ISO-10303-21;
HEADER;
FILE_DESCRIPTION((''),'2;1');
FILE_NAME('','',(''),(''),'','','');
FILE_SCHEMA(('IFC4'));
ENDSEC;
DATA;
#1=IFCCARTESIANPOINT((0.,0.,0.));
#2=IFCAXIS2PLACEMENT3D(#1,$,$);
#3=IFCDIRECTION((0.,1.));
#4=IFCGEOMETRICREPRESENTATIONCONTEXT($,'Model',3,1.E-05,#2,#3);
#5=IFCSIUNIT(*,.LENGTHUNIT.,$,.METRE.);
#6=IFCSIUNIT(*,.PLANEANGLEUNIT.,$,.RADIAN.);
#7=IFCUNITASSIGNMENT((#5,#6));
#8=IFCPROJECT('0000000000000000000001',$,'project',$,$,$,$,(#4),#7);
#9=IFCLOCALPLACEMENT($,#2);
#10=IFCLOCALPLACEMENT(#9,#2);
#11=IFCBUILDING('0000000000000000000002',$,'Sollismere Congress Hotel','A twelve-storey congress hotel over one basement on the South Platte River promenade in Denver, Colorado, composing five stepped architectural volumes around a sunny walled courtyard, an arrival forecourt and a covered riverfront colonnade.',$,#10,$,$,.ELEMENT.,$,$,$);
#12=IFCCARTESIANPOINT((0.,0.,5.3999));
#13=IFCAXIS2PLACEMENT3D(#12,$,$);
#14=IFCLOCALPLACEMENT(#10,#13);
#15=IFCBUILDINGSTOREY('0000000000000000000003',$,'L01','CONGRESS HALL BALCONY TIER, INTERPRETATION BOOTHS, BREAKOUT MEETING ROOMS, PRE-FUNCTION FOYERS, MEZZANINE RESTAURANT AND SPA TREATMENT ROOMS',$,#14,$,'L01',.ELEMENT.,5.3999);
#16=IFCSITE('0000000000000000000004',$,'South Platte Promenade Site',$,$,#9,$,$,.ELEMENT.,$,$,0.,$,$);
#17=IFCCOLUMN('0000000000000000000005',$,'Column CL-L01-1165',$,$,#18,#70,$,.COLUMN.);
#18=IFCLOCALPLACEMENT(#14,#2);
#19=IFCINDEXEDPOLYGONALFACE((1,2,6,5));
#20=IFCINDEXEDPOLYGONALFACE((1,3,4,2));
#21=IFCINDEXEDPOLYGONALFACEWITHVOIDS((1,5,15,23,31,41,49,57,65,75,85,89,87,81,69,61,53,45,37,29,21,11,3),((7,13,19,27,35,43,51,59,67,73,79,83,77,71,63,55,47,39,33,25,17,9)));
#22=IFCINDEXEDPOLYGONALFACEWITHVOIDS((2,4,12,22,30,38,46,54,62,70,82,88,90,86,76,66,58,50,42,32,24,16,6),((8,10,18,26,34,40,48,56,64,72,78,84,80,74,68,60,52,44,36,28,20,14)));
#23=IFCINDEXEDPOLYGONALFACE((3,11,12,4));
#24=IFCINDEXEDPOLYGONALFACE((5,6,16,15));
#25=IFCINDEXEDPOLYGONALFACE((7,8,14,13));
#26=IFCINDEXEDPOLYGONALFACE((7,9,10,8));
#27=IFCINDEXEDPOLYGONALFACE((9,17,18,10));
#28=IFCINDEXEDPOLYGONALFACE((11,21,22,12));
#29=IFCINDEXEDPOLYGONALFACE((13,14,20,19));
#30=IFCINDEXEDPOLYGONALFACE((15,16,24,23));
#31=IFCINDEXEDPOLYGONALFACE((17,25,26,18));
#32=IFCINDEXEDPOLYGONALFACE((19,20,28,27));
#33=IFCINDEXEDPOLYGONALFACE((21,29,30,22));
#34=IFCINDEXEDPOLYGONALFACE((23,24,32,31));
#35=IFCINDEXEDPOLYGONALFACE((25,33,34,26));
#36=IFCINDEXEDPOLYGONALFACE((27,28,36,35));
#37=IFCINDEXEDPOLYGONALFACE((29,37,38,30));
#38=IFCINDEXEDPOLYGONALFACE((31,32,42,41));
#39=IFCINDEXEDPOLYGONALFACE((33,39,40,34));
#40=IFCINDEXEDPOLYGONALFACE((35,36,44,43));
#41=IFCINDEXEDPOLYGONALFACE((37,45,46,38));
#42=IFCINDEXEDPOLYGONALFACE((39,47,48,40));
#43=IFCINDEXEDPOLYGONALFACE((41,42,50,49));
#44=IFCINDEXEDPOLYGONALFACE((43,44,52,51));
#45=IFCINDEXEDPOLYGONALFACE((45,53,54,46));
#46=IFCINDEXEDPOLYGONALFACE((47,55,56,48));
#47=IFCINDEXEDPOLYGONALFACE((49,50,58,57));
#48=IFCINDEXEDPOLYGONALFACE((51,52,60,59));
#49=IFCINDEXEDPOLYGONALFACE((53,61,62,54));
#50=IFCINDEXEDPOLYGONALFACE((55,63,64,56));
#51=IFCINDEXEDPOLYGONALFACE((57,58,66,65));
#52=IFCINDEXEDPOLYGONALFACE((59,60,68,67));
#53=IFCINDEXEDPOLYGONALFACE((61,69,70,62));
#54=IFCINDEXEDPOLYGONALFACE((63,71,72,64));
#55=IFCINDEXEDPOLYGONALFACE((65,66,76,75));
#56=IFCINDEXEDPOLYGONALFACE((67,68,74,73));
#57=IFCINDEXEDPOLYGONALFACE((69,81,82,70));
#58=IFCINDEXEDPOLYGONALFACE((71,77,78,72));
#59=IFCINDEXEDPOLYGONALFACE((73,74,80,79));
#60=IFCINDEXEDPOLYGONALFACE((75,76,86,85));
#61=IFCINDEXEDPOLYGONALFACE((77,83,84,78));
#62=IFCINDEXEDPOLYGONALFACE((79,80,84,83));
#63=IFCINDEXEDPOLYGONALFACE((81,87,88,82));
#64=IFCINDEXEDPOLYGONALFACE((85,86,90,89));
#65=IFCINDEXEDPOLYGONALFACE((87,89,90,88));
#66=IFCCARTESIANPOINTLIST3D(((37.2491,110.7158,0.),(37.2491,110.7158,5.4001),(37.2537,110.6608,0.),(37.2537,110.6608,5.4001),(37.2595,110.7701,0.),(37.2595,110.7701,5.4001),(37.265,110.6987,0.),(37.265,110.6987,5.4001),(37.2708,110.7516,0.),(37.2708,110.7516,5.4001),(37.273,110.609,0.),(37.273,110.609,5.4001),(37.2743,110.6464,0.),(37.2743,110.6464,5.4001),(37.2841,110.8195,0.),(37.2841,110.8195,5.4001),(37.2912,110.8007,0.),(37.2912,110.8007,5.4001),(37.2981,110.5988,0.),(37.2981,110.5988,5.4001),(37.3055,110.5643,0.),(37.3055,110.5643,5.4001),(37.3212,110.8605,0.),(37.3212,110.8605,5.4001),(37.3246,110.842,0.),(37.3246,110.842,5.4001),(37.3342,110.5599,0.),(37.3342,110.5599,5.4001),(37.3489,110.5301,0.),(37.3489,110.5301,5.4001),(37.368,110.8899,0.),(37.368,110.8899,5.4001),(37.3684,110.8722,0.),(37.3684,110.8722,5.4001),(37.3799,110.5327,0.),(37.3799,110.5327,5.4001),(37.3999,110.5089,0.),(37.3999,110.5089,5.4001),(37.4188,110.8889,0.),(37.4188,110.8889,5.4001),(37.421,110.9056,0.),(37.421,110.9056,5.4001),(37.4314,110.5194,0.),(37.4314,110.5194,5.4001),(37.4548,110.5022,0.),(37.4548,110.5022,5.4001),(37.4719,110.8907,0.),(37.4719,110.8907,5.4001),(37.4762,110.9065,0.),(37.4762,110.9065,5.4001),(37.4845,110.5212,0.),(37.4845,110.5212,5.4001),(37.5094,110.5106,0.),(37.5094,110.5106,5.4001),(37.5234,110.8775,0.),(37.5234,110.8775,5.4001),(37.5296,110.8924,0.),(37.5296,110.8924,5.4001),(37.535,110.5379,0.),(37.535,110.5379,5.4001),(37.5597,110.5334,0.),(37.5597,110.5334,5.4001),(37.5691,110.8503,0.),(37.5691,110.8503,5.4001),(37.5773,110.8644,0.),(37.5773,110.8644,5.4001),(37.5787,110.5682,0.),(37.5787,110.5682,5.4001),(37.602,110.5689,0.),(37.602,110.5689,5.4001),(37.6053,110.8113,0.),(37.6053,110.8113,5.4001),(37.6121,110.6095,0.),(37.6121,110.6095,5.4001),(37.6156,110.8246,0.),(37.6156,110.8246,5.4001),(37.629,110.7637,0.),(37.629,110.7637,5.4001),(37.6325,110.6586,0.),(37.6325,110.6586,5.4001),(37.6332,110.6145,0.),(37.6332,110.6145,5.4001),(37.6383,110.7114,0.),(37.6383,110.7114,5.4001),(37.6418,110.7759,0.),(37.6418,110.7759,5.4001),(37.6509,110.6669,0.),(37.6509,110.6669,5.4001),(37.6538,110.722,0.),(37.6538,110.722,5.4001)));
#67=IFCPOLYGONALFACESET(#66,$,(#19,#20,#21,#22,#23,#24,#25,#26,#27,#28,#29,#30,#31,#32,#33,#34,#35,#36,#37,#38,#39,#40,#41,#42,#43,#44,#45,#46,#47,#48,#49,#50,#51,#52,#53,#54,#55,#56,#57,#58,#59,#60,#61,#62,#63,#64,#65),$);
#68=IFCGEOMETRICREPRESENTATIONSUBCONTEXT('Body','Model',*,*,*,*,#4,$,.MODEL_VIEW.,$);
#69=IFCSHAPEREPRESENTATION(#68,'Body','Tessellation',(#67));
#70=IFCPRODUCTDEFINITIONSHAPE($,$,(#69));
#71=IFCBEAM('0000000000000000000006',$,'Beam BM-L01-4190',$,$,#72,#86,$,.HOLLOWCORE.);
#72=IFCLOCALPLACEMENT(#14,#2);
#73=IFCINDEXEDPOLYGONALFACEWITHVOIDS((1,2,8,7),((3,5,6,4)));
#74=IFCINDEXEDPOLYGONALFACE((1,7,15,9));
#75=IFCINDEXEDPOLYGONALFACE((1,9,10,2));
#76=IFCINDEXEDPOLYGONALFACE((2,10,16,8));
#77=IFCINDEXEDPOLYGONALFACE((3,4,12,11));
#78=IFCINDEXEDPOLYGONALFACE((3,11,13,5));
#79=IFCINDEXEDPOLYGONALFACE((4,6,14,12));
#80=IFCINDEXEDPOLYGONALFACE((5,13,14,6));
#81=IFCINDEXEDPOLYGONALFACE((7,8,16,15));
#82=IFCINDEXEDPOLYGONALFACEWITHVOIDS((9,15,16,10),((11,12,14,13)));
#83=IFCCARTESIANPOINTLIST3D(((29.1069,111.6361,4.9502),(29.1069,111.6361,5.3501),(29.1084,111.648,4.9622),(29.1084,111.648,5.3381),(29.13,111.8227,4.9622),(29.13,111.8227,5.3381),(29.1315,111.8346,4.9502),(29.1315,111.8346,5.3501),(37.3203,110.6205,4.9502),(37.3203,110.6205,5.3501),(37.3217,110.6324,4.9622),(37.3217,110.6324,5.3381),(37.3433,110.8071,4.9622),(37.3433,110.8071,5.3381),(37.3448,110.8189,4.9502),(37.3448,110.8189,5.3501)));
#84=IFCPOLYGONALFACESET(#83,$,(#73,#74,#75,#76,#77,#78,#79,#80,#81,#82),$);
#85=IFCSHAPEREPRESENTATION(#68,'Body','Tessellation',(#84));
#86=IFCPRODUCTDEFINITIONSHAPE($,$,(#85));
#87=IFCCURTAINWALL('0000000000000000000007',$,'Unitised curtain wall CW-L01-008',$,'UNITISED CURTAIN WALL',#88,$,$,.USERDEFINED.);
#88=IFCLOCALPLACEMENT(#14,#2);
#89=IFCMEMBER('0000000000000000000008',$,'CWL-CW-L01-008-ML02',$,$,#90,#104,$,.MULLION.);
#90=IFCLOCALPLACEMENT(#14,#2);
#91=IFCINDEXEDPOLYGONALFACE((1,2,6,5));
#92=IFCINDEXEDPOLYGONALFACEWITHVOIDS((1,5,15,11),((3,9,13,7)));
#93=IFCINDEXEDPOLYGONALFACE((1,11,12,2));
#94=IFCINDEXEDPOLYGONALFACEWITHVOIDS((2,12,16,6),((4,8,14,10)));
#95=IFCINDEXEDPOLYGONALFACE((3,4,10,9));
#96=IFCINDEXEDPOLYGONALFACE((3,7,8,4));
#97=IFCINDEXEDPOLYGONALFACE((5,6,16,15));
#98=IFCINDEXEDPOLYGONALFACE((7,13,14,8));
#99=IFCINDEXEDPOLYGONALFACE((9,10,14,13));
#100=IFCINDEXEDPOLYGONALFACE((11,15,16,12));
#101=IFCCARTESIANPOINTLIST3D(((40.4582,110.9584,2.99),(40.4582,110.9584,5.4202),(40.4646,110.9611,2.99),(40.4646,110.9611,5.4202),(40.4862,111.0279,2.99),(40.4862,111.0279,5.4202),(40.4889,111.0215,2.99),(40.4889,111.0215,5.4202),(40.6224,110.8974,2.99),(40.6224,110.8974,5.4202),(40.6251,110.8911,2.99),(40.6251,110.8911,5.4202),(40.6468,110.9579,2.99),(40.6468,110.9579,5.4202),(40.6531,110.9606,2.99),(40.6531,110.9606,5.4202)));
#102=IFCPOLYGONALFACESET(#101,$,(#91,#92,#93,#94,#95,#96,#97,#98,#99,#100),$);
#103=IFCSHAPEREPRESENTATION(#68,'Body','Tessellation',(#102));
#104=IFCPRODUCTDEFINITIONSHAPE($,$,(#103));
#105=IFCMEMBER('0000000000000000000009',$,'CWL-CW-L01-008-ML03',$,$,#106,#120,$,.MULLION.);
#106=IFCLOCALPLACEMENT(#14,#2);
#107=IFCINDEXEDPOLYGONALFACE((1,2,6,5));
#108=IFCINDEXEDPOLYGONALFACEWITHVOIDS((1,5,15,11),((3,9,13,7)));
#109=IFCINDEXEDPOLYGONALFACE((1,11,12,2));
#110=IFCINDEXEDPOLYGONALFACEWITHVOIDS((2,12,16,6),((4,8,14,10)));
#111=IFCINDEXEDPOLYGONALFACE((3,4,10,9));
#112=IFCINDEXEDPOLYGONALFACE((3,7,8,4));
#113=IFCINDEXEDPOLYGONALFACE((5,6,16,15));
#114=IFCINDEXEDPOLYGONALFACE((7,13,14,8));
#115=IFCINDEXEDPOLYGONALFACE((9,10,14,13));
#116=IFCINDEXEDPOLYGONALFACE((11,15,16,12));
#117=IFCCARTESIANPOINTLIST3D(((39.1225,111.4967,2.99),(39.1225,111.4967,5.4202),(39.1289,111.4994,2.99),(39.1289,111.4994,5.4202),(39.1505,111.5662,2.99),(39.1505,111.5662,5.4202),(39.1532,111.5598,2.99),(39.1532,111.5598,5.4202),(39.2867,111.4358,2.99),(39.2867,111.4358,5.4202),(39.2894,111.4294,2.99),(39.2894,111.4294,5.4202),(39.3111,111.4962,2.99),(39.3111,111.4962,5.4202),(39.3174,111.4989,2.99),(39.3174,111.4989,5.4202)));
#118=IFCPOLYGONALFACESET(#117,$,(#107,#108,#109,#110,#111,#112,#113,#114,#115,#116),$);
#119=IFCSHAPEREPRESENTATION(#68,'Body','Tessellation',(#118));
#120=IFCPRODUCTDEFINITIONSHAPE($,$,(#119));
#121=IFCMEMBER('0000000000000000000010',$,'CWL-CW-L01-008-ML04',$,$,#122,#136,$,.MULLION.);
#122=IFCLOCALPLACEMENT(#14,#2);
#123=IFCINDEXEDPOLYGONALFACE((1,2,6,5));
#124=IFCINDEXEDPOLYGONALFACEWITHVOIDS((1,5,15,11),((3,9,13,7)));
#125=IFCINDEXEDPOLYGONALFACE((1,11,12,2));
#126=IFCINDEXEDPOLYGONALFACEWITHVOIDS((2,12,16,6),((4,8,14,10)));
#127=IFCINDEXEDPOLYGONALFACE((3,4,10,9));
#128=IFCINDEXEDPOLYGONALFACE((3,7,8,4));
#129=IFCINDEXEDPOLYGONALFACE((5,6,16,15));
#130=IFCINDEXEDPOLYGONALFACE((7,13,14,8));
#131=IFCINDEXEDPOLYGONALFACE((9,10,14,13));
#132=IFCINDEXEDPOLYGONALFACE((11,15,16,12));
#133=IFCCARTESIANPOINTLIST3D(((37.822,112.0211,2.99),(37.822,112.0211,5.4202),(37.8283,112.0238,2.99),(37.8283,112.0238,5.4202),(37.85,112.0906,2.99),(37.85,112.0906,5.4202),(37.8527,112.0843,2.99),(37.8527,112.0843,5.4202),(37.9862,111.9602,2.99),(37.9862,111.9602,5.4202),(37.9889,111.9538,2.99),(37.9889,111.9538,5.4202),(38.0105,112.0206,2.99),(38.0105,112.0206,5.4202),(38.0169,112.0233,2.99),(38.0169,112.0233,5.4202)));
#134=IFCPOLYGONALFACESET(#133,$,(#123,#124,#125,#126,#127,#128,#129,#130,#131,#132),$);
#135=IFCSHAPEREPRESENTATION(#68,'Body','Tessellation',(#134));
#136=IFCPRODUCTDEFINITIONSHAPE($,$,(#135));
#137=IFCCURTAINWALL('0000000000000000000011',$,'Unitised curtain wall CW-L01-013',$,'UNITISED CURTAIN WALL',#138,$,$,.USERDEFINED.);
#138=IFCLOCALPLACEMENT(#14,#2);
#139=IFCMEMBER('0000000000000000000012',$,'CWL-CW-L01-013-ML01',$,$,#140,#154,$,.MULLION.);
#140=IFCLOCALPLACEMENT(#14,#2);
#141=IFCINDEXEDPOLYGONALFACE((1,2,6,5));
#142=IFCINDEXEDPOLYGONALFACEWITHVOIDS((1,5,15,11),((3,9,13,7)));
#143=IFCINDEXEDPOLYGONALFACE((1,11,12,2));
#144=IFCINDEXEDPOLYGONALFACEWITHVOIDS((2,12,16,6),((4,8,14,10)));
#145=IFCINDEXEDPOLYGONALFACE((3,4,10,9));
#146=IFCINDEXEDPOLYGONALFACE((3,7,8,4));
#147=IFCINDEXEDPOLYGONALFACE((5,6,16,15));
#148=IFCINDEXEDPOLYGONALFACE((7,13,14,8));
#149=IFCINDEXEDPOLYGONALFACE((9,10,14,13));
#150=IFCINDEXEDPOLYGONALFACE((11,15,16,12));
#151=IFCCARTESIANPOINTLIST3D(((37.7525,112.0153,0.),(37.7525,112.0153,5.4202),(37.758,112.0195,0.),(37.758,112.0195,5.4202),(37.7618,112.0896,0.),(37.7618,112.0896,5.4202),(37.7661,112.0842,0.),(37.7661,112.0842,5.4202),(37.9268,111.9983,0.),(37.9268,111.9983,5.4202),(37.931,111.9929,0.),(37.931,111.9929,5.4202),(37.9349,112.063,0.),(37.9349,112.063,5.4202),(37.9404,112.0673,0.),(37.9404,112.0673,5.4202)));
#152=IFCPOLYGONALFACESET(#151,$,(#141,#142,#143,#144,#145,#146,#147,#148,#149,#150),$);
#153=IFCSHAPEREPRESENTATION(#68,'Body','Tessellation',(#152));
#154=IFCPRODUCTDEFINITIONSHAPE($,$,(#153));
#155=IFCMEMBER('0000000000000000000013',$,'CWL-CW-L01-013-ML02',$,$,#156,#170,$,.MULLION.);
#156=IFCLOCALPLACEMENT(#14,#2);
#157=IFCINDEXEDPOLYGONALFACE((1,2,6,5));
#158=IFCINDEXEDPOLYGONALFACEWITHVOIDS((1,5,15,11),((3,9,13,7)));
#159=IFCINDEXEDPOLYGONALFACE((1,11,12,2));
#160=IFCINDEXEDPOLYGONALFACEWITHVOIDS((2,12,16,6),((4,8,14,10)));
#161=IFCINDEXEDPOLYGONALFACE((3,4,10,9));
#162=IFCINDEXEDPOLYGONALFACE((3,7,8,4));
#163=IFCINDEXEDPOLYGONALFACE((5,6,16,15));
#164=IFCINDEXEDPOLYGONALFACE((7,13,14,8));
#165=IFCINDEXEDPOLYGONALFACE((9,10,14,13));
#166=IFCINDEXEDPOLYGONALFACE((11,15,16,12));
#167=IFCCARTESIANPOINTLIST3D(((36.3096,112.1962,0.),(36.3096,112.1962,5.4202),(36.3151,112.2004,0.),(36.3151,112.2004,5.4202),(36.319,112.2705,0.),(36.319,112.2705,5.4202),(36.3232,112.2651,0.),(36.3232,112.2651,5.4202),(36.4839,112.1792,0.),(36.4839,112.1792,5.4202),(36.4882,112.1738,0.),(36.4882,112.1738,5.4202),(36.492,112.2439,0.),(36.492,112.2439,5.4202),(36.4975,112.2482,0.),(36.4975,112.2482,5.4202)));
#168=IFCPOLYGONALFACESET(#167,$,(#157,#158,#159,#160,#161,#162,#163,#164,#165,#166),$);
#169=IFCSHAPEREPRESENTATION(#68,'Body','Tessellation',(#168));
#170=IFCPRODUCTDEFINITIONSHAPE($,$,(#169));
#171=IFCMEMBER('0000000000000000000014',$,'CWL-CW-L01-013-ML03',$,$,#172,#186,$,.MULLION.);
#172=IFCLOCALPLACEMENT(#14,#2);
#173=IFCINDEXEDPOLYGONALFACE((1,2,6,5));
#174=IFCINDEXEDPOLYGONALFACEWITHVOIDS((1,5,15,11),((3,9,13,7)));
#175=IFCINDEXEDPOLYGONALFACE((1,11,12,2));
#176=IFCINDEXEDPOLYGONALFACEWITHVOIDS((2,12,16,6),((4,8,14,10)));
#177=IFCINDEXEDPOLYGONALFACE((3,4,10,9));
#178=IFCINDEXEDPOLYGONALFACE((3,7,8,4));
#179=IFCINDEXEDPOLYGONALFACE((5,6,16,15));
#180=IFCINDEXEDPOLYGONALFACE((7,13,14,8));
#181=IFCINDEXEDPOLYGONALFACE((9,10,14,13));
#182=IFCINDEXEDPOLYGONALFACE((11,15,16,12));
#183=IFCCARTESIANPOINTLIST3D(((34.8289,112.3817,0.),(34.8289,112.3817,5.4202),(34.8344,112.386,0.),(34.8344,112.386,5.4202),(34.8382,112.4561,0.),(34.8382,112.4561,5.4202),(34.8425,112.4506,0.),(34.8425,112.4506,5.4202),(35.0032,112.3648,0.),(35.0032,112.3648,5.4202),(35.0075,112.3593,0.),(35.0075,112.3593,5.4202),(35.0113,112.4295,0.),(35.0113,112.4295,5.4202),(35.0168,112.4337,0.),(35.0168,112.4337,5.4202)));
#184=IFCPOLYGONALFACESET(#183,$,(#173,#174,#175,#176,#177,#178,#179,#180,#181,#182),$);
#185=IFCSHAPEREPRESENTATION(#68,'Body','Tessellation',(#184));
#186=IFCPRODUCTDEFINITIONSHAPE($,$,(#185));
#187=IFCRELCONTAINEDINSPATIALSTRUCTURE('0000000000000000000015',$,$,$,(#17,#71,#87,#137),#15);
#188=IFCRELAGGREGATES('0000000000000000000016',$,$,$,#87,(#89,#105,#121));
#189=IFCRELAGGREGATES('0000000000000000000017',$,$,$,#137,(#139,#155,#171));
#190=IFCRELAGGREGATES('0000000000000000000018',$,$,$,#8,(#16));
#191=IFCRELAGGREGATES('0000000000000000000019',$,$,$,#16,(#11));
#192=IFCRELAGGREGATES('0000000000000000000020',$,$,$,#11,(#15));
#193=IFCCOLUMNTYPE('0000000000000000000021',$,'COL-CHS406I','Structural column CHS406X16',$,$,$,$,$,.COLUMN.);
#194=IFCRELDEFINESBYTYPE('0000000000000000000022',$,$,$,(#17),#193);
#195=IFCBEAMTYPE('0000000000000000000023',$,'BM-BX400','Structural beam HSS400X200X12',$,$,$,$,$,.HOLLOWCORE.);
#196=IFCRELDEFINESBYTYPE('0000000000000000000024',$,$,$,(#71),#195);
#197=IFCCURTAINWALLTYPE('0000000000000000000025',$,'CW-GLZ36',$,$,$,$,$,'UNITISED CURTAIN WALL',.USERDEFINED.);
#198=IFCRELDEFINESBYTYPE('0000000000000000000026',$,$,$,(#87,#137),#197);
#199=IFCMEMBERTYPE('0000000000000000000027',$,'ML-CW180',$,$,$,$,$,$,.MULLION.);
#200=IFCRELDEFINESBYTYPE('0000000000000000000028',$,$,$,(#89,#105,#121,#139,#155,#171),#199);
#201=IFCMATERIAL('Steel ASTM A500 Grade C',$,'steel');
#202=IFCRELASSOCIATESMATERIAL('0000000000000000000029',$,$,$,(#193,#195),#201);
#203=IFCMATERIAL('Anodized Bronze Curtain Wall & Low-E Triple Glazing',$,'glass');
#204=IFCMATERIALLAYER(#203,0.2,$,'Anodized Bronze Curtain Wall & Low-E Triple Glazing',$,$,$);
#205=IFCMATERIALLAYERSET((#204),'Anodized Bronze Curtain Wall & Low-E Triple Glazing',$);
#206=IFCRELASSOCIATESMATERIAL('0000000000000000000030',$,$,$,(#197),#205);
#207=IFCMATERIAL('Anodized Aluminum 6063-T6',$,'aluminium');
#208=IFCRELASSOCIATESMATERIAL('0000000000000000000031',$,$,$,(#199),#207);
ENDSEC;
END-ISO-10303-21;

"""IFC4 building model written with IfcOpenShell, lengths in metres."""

from ifc_helpers import new_model, si_unit, direction, frame, origin, origin_2d, place, context, subcontext, project, spatial, hollow_rectangle, hollow_circle, extrude, material, layer, layer_set, material_profile, profile_set, type_object, element, aggregate, save


model = new_model("IFC4")

# Units and contexts
model_context = context("Model", 3, precision=1e-05, world=origin(), true_north=direction((0.0, 1.0)))
body_context = subcontext(model_context, "Body", "Model", "MODEL_VIEW")
ifc_project = project(units=[si_unit("LENGTHUNIT", "METRE"), si_unit("PLANEANGLEUNIT", "RADIAN")], contexts=[model_context])

# Site, building, storey
site_placement = place(None, origin())
site = spatial("IfcSite", under=ifc_project, at=site_placement, Name="South Platte Promenade Site", CompositionType="ELEMENT", RefElevation=0.0)
building_placement = place(site_placement, origin())
building = spatial("IfcBuilding", under=site, at=building_placement, Name="Sollismere Congress Hotel", Description="A twelve-storey congress hotel over one basement on the South Platte River promenade in Denver, Colorado, composing five stepped architectural volumes around a sunny walled courtyard, an arrival forecourt and a covered riverfront colonnade.", CompositionType="ELEMENT")
storey_placement = place(building_placement, frame((0.0, 0.0, 5.3999)))
storey = spatial("IfcBuildingStorey", under=building, at=storey_placement, Name="L01", Description="CONGRESS HALL BALCONY TIER, INTERPRETATION BOOTHS, BREAKOUT MEETING ROOMS, PRE-FUNCTION FOYERS, MEZZANINE RESTAURANT AND SPA TREATMENT ROOMS", LongName="L01", CompositionType="ELEMENT", Elevation=5.3999)

# Column
ifc_material_1 = material(Name="Steel ASTM A500 Grade C", Category="steel")
ifc_material_profile_1 = material_profile(ifc_material_1, hollow_circle(Radius=0.2029, WallThickness=0.0161, at=origin_2d()), Name="CHS406X16")
ifc_profile_set_1 = profile_set([ifc_material_profile_1], Name="Steel ASTM A500 Grade C")
column_type = type_object("IfcColumnType", Name="COL-CHS406I", Description="Structural column CHS406X16", PredefinedType="COLUMN", material=ifc_profile_set_1)
column_placement = place(storey_placement, frame((37.4517, 110.7051, 0.0), z_axis=(0.0, 0.0, 1.0), x_axis=(0.384295, 0.92321, 0.0)))
element("IfcColumn", 1, at=column_placement, inside=storey, type_object=column_type, Name="Column CL-L01-1165", PredefinedType="COLUMN", context=body_context, shape_type="SweptSolid", body=[
    extrude(hollow_circle(Radius=0.2029, WallThickness=0.0161, at=origin_2d()), origin(), (0.0, 0.0, 1.0), 5.4001),
])

# Beam
ifc_material_profile_2 = material_profile(ifc_material_1, hollow_rectangle(XDim=0.2, YDim=0.3999, WallThickness=0.012, at=origin_2d()), Name="HSS400X200X12")
ifc_profile_set_2 = profile_set([ifc_material_profile_2], Name="Steel ASTM A500 Grade C")
beam_type = type_object("IfcBeamType", Name="BM-BX400", Description="Structural beam HSS400X200X12", PredefinedType="HOLLOWCORE", material=ifc_profile_set_2)
beam_placement = place(storey_placement, frame((37.3325, 110.7197, 5.1501), z_axis=(-0.992441, 0.12272, 0.0), x_axis=(-0.12272, -0.992441, 0.0)))
element("IfcBeam", 2, at=beam_placement, inside=storey, type_object=beam_type, Name="Beam BM-L01-4190", PredefinedType="HOLLOWCORE", context=body_context, shape_type="SweptSolid", body=[
    extrude(hollow_rectangle(XDim=0.2, YDim=0.3999, WallThickness=0.012, at=origin_2d()), origin(), (0.0, 0.0, 1.0), 8.2759),
])

# Curtain walls, members
ifc_material_2 = material(Name="Anodized Bronze Curtain Wall & Low-E Triple Glazing", Category="glass")
ifc_layer_1 = layer(ifc_material_2, 0.2, Name="Anodized Bronze Curtain Wall & Low-E Triple Glazing")
ifc_layer_set_1 = layer_set([ifc_layer_1], Name="Anodized Bronze Curtain Wall & Low-E Triple Glazing")
curtain_wall_type = type_object("IfcCurtainWallType", Name="CW-GLZ36", ElementType="UNITISED CURTAIN WALL", PredefinedType="USERDEFINED", material=ifc_layer_set_1)
curtain_wall_1_placement = place(storey_placement, origin())
curtain_wall_1 = element("IfcCurtainWall", 3, at=curtain_wall_1_placement, inside=storey, type_object=curtain_wall_type, Name="Unitised curtain wall CW-L01-008", ObjectType="UNITISED CURTAIN WALL", PredefinedType="USERDEFINED")
ifc_material_3 = material(Name="Anodized Aluminum 6063-T6", Category="aluminium")
ifc_material_profile_3 = material_profile(ifc_material_3, hollow_rectangle(XDim=0.075, YDim=0.1799, WallThickness=0.0049, at=origin_2d()), Name="ALU180X75X5")
ifc_profile_set_3 = profile_set([ifc_material_profile_3], Name="Anodized Aluminum 6063-T6")
member_type_1 = type_object("IfcMemberType", Name="ML-CW180", PredefinedType="MULLION", material=ifc_profile_set_3)
member_1_placement = place(storey_placement, frame((40.5557, 110.9595, 2.99), z_axis=(0.0, 0.0, 1.0), x_axis=(-0.373943, -0.927452, 0.0)))
member_1 = element("IfcMember", 4, at=member_1_placement, type_object=member_type_1, Name="CWL-CW-L01-008-ML02", PredefinedType="MULLION", context=body_context, shape_type="SweptSolid", body=[
    extrude(hollow_rectangle(XDim=0.075, YDim=0.1799, WallThickness=0.0049, at=origin_2d()), origin(), (0.0, 0.0, 1.0), 2.4302),
])
member_2_placement = place(storey_placement, frame((39.22, 111.4978, 2.99), z_axis=(0.0, 0.0, 1.0), x_axis=(-0.373943, -0.927452, 0.0)))
member_2 = element("IfcMember", 5, at=member_2_placement, type_object=member_type_1, Name="CWL-CW-L01-008-ML03", PredefinedType="MULLION", context=body_context, shape_type="SweptSolid", body=[
    extrude(hollow_rectangle(XDim=0.075, YDim=0.1799, WallThickness=0.0049, at=origin_2d()), origin(), (0.0, 0.0, 1.0), 2.4302),
])
member_3_placement = place(storey_placement, frame((37.9194, 112.0222, 2.99), z_axis=(0.0, 0.0, 1.0), x_axis=(-0.373943, -0.927452, 0.0)))
member_3 = element("IfcMember", 6, at=member_3_placement, type_object=member_type_1, Name="CWL-CW-L01-008-ML04", PredefinedType="MULLION", context=body_context, shape_type="SweptSolid", body=[
    extrude(hollow_rectangle(XDim=0.075, YDim=0.1799, WallThickness=0.0049, at=origin_2d()), origin(), (0.0, 0.0, 1.0), 2.4302),
])
curtain_wall_2_placement = place(storey_placement, origin())
curtain_wall_2 = element("IfcCurtainWall", 7, at=curtain_wall_2_placement, inside=storey, type_object=curtain_wall_type, Name="Unitised curtain wall CW-L01-013", ObjectType="UNITISED CURTAIN WALL", PredefinedType="USERDEFINED")
member_4_placement = place(storey_placement, frame((37.8464, 112.0413, 0.0), z_axis=(0.0, 0.0, 1.0), x_axis=(-0.124363, -0.992237, 0.0)))
member_4 = element("IfcMember", 8, at=member_4_placement, type_object=member_type_1, Name="CWL-CW-L01-013-ML01", PredefinedType="MULLION", context=body_context, shape_type="SweptSolid", body=[
    extrude(hollow_rectangle(XDim=0.075, YDim=0.1799, WallThickness=0.0049, at=origin_2d()), origin(), (0.0, 0.0, 1.0), 5.4202),
])
member_5_placement = place(storey_placement, frame((36.4036, 112.2222, 0.0), z_axis=(0.0, 0.0, 1.0), x_axis=(-0.124363, -0.992237, 0.0)))
member_5 = element("IfcMember", 9, at=member_5_placement, type_object=member_type_1, Name="CWL-CW-L01-013-ML02", PredefinedType="MULLION", context=body_context, shape_type="SweptSolid", body=[
    extrude(hollow_rectangle(XDim=0.075, YDim=0.1799, WallThickness=0.0049, at=origin_2d()), origin(), (0.0, 0.0, 1.0), 5.4202),
])
member_6_placement = place(storey_placement, frame((34.9229, 112.4077, 0.0), z_axis=(0.0, 0.0, 1.0), x_axis=(-0.124363, -0.992237, 0.0)))
member_6 = element("IfcMember", 10, at=member_6_placement, type_object=member_type_1, Name="CWL-CW-L01-013-ML03", PredefinedType="MULLION", context=body_context, shape_type="SweptSolid", body=[
    extrude(hollow_rectangle(XDim=0.075, YDim=0.1799, WallThickness=0.0049, at=origin_2d()), origin(), (0.0, 0.0, 1.0), 5.4202),
])

aggregate(curtain_wall_1, [member_1, member_2, member_3])
aggregate(curtain_wall_2, [member_4, member_5, member_6])

save(model, "model.ifc")
